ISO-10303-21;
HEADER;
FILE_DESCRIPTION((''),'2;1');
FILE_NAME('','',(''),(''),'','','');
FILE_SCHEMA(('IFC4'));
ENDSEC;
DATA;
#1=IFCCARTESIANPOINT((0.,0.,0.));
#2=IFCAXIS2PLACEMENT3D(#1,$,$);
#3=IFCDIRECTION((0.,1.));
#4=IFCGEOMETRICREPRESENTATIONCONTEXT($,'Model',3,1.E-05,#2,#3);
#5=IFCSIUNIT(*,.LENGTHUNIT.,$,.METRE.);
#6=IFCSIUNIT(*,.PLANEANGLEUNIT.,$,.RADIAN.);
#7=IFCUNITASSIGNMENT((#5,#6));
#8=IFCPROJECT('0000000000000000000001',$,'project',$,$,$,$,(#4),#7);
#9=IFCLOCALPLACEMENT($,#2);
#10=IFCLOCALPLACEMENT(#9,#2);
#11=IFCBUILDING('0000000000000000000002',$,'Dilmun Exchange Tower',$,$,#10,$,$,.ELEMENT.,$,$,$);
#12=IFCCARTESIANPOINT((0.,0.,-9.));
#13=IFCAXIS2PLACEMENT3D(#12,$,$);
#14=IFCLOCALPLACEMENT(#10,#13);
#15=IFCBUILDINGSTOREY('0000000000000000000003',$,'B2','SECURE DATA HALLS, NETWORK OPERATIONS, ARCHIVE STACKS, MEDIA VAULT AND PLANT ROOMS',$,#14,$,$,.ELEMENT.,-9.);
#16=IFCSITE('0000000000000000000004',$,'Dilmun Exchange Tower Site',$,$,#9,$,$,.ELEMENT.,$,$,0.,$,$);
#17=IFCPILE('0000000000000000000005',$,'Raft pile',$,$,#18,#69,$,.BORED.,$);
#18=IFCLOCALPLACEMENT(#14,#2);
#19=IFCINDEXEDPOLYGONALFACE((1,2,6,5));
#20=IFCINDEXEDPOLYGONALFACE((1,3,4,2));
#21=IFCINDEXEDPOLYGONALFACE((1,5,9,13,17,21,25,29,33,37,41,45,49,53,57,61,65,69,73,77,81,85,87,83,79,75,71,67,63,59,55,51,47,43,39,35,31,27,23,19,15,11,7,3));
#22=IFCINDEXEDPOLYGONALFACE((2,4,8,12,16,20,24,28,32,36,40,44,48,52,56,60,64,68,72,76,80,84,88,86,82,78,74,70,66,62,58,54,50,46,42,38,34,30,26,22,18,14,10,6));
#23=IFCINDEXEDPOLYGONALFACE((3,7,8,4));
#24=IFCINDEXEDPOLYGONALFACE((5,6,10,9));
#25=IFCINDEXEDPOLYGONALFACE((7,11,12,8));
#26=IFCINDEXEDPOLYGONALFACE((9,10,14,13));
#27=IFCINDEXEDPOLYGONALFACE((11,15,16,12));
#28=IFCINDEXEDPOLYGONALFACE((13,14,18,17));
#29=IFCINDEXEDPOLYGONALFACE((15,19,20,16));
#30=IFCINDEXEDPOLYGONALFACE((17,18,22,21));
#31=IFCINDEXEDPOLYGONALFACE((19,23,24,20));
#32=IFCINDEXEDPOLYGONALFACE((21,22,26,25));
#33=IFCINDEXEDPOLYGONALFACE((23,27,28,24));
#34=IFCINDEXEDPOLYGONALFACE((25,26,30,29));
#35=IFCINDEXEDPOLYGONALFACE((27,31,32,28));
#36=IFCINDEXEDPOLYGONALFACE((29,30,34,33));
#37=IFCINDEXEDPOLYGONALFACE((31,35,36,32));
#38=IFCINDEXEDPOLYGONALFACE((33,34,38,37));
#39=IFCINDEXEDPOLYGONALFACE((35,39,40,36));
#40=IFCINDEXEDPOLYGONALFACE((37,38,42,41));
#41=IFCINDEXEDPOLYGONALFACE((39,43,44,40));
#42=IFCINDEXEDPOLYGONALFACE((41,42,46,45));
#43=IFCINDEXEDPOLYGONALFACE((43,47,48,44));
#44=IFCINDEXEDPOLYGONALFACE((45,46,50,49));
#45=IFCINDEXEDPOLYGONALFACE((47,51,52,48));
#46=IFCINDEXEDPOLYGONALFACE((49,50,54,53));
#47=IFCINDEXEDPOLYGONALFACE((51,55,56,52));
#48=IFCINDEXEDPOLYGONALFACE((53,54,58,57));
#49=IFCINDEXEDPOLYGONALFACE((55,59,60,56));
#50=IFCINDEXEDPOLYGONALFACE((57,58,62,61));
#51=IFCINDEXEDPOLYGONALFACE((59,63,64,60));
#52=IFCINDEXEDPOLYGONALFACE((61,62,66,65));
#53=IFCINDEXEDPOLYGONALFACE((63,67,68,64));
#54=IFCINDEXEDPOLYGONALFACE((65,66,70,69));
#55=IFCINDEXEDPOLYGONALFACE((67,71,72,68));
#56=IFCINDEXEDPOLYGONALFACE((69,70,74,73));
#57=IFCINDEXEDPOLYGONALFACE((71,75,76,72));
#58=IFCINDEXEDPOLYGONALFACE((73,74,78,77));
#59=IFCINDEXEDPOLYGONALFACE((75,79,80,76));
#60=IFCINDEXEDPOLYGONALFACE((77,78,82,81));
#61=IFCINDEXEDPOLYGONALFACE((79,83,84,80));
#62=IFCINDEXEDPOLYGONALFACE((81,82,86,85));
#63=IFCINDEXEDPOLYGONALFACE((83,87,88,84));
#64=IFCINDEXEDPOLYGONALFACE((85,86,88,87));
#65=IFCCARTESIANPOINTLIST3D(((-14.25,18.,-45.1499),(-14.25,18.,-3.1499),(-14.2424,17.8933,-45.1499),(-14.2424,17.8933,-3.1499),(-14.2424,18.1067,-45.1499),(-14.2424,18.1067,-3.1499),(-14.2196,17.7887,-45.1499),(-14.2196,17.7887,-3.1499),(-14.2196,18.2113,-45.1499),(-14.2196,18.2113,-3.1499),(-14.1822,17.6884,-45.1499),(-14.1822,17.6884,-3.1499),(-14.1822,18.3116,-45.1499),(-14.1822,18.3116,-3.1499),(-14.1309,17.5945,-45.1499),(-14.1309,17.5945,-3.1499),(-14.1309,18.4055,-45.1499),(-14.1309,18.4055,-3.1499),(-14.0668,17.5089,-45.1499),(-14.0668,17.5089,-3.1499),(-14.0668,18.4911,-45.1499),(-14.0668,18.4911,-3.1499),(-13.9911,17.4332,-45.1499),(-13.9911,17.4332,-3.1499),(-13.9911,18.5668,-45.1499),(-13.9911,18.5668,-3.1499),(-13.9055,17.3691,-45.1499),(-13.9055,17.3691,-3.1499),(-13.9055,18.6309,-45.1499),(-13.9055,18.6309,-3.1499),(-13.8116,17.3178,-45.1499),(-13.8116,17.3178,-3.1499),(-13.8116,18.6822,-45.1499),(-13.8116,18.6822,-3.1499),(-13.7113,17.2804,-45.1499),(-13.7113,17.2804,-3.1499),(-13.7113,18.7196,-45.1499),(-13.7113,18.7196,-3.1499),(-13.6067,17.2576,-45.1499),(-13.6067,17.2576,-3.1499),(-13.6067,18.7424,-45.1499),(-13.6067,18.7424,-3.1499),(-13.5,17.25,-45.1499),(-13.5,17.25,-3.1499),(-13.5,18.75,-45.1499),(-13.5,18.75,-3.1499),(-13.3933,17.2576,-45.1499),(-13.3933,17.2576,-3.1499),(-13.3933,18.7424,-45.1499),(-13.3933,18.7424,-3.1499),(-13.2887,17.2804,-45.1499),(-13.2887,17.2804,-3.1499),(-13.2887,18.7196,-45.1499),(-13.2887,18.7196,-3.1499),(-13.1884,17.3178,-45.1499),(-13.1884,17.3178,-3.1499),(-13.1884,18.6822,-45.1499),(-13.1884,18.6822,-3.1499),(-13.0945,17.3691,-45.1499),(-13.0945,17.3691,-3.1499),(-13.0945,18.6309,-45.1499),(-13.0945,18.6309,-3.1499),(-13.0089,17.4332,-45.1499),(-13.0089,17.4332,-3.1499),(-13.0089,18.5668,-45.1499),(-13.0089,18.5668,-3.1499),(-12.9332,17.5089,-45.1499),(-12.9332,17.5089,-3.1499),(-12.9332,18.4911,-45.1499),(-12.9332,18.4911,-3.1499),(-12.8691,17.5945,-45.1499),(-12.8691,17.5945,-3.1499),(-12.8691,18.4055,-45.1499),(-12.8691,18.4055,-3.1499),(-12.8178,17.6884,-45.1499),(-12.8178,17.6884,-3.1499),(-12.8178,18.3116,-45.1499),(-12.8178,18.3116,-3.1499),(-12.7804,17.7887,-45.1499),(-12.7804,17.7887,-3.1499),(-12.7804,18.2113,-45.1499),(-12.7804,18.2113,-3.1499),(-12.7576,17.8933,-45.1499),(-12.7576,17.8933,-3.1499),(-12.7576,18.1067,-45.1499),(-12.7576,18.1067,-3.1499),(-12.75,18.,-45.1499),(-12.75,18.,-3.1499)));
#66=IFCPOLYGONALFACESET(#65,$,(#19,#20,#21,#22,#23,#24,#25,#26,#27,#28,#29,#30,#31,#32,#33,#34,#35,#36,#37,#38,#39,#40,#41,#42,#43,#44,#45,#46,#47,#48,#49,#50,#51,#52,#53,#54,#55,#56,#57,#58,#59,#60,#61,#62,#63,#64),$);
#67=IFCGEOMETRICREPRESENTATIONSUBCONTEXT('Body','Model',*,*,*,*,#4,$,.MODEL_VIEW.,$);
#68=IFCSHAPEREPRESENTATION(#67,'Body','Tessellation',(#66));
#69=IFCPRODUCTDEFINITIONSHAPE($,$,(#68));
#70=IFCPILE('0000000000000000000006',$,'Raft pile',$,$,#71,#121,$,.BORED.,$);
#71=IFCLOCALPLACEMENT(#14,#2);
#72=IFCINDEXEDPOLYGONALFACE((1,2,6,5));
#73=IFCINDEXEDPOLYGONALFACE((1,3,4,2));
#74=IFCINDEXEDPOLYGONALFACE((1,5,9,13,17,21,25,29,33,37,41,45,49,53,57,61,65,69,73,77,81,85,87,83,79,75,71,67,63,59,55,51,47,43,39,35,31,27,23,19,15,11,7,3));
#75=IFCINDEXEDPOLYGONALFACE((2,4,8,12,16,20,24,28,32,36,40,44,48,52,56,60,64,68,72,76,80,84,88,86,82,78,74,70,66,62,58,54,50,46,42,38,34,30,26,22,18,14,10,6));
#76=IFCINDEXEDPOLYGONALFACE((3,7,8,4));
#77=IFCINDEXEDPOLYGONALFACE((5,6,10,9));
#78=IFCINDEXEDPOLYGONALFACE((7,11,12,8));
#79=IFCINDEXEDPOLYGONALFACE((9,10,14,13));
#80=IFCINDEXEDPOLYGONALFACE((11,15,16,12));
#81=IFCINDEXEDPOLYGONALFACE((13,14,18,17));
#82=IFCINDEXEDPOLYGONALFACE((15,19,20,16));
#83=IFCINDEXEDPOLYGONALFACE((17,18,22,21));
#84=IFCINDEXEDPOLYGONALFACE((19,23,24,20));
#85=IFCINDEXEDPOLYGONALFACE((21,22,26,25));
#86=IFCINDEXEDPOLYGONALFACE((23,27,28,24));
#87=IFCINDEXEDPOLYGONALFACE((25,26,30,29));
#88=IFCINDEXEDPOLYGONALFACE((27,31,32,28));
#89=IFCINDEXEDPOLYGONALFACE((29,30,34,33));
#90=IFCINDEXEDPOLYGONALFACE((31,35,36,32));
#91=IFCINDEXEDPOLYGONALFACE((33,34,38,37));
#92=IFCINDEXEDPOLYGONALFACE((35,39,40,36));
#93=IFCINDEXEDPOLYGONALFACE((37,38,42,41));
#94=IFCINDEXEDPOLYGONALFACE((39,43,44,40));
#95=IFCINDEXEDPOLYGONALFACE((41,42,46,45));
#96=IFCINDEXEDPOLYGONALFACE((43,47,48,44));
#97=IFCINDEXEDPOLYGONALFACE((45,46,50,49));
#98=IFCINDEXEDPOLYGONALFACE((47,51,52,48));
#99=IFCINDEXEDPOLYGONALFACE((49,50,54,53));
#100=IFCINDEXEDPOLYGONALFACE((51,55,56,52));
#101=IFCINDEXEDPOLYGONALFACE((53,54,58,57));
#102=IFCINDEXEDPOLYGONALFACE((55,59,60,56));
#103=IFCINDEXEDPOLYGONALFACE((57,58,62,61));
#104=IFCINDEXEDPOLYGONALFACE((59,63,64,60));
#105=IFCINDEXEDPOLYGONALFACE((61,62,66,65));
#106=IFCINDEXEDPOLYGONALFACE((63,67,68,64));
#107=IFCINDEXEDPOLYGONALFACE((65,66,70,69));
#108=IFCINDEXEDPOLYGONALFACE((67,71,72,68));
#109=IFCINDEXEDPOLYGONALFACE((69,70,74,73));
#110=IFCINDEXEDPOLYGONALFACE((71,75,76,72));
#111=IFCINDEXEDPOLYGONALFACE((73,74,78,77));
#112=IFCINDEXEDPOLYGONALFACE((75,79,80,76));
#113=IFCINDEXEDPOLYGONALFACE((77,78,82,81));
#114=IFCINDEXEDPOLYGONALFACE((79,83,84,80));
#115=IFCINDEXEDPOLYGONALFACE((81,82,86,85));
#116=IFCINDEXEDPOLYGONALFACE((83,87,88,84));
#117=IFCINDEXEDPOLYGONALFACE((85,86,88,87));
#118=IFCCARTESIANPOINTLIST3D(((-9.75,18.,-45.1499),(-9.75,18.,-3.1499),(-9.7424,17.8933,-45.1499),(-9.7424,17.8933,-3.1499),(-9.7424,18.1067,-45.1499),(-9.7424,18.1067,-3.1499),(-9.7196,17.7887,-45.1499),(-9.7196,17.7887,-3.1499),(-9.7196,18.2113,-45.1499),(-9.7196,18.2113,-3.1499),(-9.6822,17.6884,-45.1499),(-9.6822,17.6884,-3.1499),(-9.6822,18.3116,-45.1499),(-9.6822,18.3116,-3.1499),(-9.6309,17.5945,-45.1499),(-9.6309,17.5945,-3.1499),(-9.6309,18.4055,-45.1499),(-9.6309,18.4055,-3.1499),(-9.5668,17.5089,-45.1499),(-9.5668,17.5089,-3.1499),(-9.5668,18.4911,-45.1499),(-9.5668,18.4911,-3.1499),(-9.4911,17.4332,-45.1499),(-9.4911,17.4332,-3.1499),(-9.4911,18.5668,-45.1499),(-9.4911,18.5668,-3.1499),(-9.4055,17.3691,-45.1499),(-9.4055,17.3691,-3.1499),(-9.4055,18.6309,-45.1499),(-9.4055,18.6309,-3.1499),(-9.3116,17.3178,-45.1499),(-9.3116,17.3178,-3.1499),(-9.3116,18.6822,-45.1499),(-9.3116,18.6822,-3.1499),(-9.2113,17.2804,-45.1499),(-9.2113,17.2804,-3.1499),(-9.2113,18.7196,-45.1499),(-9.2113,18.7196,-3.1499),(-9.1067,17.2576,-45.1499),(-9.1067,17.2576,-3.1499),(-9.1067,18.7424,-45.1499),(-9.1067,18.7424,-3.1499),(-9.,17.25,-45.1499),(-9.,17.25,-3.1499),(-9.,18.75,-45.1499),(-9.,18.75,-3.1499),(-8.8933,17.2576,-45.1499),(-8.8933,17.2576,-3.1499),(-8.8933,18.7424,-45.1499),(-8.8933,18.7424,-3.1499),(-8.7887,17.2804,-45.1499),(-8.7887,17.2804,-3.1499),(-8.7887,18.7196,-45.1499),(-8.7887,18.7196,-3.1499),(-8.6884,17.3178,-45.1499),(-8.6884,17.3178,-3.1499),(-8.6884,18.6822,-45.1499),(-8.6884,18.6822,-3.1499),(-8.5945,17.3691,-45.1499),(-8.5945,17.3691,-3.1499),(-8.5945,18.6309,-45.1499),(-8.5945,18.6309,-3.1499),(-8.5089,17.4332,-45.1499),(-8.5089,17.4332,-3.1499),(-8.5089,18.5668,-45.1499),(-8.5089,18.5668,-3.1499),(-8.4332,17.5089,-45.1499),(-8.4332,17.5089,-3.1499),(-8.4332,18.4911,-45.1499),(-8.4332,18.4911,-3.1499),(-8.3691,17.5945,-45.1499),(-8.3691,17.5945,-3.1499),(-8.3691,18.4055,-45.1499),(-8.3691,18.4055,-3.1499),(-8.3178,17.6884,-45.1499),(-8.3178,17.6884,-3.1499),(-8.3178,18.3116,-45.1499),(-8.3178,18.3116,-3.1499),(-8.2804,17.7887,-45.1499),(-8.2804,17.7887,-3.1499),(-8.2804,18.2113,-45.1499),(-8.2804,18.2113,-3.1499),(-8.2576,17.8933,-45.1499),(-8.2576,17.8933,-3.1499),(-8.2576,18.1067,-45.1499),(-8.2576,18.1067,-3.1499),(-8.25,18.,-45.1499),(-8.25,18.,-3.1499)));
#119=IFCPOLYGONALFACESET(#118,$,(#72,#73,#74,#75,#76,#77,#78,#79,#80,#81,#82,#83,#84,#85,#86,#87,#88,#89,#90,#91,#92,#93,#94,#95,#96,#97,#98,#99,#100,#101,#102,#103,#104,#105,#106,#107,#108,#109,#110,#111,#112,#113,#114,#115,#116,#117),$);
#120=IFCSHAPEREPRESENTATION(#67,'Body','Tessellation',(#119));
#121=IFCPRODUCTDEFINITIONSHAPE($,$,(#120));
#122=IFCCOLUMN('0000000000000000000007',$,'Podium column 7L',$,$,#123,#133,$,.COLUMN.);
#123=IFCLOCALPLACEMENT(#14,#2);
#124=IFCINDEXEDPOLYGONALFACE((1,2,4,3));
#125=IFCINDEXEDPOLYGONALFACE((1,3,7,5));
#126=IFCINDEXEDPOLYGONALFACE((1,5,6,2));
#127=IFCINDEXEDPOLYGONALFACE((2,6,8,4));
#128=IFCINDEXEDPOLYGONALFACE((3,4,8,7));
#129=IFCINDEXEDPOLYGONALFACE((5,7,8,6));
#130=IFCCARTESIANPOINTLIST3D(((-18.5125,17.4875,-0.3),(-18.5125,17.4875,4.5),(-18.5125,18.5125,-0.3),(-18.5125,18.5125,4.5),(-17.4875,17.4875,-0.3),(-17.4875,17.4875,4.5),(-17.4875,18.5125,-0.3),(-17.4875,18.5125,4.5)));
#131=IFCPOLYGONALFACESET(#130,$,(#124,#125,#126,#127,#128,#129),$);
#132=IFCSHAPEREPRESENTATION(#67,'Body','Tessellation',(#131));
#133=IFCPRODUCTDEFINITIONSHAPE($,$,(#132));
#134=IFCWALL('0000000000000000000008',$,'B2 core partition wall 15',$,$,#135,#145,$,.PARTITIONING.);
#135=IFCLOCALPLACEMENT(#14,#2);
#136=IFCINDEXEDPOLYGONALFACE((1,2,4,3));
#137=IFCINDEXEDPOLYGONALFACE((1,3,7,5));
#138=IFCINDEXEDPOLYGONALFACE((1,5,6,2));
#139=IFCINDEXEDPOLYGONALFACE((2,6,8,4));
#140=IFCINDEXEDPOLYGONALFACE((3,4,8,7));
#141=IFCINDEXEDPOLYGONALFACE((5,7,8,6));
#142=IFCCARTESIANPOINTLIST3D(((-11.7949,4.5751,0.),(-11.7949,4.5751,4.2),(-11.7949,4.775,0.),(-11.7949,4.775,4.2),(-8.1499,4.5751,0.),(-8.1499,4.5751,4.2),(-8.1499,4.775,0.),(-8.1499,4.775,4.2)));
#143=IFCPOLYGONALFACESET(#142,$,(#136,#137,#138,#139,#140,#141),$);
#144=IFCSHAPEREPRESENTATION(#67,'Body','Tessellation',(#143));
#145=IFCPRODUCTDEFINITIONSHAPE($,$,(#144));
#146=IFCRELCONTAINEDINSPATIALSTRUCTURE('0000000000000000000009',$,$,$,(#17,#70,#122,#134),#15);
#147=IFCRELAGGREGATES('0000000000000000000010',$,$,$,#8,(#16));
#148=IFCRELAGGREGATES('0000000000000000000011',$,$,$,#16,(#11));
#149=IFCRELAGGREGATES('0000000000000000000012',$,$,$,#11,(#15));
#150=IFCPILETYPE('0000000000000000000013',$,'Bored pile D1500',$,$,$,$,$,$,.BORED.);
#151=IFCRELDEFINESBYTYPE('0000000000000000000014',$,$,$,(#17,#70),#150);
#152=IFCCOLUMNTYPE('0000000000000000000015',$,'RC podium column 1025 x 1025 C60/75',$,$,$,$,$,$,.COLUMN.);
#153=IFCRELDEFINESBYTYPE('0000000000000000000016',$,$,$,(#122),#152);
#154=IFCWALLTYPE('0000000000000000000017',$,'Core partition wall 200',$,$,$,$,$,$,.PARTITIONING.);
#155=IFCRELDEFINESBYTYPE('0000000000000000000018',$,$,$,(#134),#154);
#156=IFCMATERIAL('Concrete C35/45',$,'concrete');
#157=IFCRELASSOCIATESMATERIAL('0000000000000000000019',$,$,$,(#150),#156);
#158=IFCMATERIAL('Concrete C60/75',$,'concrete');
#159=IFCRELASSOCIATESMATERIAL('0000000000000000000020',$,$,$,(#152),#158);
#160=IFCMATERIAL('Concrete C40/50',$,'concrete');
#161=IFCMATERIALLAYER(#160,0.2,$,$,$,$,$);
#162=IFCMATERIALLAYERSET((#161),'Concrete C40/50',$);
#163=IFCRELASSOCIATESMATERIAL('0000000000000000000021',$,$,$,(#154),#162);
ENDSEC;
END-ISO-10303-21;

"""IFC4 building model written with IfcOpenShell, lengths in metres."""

from ifc_helpers import new_model, si_unit, direction, frame, frame_2d, origin, origin_2d, place, context, subcontext, project, spatial, rectangle, circle, extrude, material, layer, layer_set, material_profile, profile_set, type_object, element, save


model = new_model("IFC4")

# Units and contexts
model_context = context("Model", 3, precision=1e-05, world=origin(), true_north=direction((0.0, 1.0)))
body_context = subcontext(model_context, "Body", "Model", "MODEL_VIEW")
ifc_project = project(units=[si_unit("LENGTHUNIT", "METRE"), si_unit("PLANEANGLEUNIT", "RADIAN")], contexts=[model_context])

# Site, building, storey
site_placement = place(None, origin())
site = spatial("IfcSite", under=ifc_project, at=site_placement, Name="Dilmun Exchange Tower Site", CompositionType="ELEMENT", RefElevation=0.0)
building_placement = place(site_placement, origin())
building = spatial("IfcBuilding", under=site, at=building_placement, Name="Dilmun Exchange Tower", CompositionType="ELEMENT")
storey_placement = place(building_placement, frame((0.0, 0.0, -9.0)))
storey = spatial("IfcBuildingStorey", under=building, at=storey_placement, Name="B2", Description="SECURE DATA HALLS, NETWORK OPERATIONS, ARCHIVE STACKS, MEDIA VAULT AND PLANT ROOMS", CompositionType="ELEMENT", Elevation=-9.0)

# Piles
ifc_material_1 = material(Name="Concrete C35/45", Category="concrete")
ifc_material_profile_1 = material_profile(ifc_material_1, circle(Radius=0.75, at=origin_2d()), Name="D1500")
ifc_profile_set_1 = profile_set([ifc_material_profile_1], Name="Concrete C35/45")
pile_type = type_object("IfcPileType", Name="Bored pile D1500", PredefinedType="BORED", material=ifc_profile_set_1)
for number, where, z_axis, x_axis, name in (
    (1, (-13.5, 18.0, -3.1499), (0.0, 0.0, -1.0), (1.0, 0.0, 0.0), "Raft pile"),
    (2, (-9.0, 18.0, -3.1499), (0.0, 0.0, -1.0), (1.0, 0.0, 0.0), "Raft pile"),
):
    element("IfcPile", number, at=place(storey_placement, frame(where, z_axis=z_axis, x_axis=x_axis)), inside=storey, type_object=pile_type, Name=name, PredefinedType="BORED", context=body_context, shape_type="SweptSolid", body=[
        extrude(circle(Radius=0.75, at=origin_2d()), origin(), (0.0, 0.0, 1.0), 42.0),
    ])

# Column
ifc_material_2 = material(Name="Concrete C60/75", Category="concrete")
ifc_material_profile_2 = material_profile(ifc_material_2, rectangle(XDim=1.0249, YDim=1.0249, at=origin_2d()), Name="1025 x 1025")
ifc_profile_set_2 = profile_set([ifc_material_profile_2], Name="Concrete C60/75")
column_type = type_object("IfcColumnType", Name="RC podium column 1025 x 1025 C60/75", PredefinedType="COLUMN", material=ifc_profile_set_2)
column_placement = place(storey_placement, frame((-18.0, 18.0, -0.3), z_axis=(0.0, 0.0, 1.0), x_axis=(1.0, 0.0, 0.0)))
element("IfcColumn", 3, at=column_placement, inside=storey, type_object=column_type, Name="Podium column 7L", PredefinedType="COLUMN", context=body_context, shape_type="SweptSolid", body=[
    extrude(rectangle(XDim=1.0249, YDim=1.0249, at=origin_2d()), origin(), (0.0, 0.0, 1.0), 4.8),
])

# Wall
ifc_material_3 = material(Name="Concrete C40/50", Category="concrete")
ifc_layer_1 = layer(ifc_material_3, 0.2)
ifc_layer_set_1 = layer_set([ifc_layer_1], Name="Concrete C40/50")
wall_type_1 = type_object("IfcWallType", Name="Core partition wall 200", PredefinedType="PARTITIONING", material=ifc_layer_set_1)
wall_1_placement = place(storey_placement, frame((-11.7949, 4.675, 0.0), z_axis=(0.0, 0.0, 1.0), x_axis=(1.0, 0.0, 0.0)))
element("IfcWall", 4, at=wall_1_placement, inside=storey, type_object=wall_type_1, Name="B2 core partition wall 15", PredefinedType="PARTITIONING", context=body_context, shape_type="SweptSolid", body=[
    extrude(rectangle(XDim=3.645, YDim=0.2, at=frame_2d((1.8225, 0.0))), origin(), (0.0, 0.0, 1.0), 4.2),
])

save(model, "model.ifc")
